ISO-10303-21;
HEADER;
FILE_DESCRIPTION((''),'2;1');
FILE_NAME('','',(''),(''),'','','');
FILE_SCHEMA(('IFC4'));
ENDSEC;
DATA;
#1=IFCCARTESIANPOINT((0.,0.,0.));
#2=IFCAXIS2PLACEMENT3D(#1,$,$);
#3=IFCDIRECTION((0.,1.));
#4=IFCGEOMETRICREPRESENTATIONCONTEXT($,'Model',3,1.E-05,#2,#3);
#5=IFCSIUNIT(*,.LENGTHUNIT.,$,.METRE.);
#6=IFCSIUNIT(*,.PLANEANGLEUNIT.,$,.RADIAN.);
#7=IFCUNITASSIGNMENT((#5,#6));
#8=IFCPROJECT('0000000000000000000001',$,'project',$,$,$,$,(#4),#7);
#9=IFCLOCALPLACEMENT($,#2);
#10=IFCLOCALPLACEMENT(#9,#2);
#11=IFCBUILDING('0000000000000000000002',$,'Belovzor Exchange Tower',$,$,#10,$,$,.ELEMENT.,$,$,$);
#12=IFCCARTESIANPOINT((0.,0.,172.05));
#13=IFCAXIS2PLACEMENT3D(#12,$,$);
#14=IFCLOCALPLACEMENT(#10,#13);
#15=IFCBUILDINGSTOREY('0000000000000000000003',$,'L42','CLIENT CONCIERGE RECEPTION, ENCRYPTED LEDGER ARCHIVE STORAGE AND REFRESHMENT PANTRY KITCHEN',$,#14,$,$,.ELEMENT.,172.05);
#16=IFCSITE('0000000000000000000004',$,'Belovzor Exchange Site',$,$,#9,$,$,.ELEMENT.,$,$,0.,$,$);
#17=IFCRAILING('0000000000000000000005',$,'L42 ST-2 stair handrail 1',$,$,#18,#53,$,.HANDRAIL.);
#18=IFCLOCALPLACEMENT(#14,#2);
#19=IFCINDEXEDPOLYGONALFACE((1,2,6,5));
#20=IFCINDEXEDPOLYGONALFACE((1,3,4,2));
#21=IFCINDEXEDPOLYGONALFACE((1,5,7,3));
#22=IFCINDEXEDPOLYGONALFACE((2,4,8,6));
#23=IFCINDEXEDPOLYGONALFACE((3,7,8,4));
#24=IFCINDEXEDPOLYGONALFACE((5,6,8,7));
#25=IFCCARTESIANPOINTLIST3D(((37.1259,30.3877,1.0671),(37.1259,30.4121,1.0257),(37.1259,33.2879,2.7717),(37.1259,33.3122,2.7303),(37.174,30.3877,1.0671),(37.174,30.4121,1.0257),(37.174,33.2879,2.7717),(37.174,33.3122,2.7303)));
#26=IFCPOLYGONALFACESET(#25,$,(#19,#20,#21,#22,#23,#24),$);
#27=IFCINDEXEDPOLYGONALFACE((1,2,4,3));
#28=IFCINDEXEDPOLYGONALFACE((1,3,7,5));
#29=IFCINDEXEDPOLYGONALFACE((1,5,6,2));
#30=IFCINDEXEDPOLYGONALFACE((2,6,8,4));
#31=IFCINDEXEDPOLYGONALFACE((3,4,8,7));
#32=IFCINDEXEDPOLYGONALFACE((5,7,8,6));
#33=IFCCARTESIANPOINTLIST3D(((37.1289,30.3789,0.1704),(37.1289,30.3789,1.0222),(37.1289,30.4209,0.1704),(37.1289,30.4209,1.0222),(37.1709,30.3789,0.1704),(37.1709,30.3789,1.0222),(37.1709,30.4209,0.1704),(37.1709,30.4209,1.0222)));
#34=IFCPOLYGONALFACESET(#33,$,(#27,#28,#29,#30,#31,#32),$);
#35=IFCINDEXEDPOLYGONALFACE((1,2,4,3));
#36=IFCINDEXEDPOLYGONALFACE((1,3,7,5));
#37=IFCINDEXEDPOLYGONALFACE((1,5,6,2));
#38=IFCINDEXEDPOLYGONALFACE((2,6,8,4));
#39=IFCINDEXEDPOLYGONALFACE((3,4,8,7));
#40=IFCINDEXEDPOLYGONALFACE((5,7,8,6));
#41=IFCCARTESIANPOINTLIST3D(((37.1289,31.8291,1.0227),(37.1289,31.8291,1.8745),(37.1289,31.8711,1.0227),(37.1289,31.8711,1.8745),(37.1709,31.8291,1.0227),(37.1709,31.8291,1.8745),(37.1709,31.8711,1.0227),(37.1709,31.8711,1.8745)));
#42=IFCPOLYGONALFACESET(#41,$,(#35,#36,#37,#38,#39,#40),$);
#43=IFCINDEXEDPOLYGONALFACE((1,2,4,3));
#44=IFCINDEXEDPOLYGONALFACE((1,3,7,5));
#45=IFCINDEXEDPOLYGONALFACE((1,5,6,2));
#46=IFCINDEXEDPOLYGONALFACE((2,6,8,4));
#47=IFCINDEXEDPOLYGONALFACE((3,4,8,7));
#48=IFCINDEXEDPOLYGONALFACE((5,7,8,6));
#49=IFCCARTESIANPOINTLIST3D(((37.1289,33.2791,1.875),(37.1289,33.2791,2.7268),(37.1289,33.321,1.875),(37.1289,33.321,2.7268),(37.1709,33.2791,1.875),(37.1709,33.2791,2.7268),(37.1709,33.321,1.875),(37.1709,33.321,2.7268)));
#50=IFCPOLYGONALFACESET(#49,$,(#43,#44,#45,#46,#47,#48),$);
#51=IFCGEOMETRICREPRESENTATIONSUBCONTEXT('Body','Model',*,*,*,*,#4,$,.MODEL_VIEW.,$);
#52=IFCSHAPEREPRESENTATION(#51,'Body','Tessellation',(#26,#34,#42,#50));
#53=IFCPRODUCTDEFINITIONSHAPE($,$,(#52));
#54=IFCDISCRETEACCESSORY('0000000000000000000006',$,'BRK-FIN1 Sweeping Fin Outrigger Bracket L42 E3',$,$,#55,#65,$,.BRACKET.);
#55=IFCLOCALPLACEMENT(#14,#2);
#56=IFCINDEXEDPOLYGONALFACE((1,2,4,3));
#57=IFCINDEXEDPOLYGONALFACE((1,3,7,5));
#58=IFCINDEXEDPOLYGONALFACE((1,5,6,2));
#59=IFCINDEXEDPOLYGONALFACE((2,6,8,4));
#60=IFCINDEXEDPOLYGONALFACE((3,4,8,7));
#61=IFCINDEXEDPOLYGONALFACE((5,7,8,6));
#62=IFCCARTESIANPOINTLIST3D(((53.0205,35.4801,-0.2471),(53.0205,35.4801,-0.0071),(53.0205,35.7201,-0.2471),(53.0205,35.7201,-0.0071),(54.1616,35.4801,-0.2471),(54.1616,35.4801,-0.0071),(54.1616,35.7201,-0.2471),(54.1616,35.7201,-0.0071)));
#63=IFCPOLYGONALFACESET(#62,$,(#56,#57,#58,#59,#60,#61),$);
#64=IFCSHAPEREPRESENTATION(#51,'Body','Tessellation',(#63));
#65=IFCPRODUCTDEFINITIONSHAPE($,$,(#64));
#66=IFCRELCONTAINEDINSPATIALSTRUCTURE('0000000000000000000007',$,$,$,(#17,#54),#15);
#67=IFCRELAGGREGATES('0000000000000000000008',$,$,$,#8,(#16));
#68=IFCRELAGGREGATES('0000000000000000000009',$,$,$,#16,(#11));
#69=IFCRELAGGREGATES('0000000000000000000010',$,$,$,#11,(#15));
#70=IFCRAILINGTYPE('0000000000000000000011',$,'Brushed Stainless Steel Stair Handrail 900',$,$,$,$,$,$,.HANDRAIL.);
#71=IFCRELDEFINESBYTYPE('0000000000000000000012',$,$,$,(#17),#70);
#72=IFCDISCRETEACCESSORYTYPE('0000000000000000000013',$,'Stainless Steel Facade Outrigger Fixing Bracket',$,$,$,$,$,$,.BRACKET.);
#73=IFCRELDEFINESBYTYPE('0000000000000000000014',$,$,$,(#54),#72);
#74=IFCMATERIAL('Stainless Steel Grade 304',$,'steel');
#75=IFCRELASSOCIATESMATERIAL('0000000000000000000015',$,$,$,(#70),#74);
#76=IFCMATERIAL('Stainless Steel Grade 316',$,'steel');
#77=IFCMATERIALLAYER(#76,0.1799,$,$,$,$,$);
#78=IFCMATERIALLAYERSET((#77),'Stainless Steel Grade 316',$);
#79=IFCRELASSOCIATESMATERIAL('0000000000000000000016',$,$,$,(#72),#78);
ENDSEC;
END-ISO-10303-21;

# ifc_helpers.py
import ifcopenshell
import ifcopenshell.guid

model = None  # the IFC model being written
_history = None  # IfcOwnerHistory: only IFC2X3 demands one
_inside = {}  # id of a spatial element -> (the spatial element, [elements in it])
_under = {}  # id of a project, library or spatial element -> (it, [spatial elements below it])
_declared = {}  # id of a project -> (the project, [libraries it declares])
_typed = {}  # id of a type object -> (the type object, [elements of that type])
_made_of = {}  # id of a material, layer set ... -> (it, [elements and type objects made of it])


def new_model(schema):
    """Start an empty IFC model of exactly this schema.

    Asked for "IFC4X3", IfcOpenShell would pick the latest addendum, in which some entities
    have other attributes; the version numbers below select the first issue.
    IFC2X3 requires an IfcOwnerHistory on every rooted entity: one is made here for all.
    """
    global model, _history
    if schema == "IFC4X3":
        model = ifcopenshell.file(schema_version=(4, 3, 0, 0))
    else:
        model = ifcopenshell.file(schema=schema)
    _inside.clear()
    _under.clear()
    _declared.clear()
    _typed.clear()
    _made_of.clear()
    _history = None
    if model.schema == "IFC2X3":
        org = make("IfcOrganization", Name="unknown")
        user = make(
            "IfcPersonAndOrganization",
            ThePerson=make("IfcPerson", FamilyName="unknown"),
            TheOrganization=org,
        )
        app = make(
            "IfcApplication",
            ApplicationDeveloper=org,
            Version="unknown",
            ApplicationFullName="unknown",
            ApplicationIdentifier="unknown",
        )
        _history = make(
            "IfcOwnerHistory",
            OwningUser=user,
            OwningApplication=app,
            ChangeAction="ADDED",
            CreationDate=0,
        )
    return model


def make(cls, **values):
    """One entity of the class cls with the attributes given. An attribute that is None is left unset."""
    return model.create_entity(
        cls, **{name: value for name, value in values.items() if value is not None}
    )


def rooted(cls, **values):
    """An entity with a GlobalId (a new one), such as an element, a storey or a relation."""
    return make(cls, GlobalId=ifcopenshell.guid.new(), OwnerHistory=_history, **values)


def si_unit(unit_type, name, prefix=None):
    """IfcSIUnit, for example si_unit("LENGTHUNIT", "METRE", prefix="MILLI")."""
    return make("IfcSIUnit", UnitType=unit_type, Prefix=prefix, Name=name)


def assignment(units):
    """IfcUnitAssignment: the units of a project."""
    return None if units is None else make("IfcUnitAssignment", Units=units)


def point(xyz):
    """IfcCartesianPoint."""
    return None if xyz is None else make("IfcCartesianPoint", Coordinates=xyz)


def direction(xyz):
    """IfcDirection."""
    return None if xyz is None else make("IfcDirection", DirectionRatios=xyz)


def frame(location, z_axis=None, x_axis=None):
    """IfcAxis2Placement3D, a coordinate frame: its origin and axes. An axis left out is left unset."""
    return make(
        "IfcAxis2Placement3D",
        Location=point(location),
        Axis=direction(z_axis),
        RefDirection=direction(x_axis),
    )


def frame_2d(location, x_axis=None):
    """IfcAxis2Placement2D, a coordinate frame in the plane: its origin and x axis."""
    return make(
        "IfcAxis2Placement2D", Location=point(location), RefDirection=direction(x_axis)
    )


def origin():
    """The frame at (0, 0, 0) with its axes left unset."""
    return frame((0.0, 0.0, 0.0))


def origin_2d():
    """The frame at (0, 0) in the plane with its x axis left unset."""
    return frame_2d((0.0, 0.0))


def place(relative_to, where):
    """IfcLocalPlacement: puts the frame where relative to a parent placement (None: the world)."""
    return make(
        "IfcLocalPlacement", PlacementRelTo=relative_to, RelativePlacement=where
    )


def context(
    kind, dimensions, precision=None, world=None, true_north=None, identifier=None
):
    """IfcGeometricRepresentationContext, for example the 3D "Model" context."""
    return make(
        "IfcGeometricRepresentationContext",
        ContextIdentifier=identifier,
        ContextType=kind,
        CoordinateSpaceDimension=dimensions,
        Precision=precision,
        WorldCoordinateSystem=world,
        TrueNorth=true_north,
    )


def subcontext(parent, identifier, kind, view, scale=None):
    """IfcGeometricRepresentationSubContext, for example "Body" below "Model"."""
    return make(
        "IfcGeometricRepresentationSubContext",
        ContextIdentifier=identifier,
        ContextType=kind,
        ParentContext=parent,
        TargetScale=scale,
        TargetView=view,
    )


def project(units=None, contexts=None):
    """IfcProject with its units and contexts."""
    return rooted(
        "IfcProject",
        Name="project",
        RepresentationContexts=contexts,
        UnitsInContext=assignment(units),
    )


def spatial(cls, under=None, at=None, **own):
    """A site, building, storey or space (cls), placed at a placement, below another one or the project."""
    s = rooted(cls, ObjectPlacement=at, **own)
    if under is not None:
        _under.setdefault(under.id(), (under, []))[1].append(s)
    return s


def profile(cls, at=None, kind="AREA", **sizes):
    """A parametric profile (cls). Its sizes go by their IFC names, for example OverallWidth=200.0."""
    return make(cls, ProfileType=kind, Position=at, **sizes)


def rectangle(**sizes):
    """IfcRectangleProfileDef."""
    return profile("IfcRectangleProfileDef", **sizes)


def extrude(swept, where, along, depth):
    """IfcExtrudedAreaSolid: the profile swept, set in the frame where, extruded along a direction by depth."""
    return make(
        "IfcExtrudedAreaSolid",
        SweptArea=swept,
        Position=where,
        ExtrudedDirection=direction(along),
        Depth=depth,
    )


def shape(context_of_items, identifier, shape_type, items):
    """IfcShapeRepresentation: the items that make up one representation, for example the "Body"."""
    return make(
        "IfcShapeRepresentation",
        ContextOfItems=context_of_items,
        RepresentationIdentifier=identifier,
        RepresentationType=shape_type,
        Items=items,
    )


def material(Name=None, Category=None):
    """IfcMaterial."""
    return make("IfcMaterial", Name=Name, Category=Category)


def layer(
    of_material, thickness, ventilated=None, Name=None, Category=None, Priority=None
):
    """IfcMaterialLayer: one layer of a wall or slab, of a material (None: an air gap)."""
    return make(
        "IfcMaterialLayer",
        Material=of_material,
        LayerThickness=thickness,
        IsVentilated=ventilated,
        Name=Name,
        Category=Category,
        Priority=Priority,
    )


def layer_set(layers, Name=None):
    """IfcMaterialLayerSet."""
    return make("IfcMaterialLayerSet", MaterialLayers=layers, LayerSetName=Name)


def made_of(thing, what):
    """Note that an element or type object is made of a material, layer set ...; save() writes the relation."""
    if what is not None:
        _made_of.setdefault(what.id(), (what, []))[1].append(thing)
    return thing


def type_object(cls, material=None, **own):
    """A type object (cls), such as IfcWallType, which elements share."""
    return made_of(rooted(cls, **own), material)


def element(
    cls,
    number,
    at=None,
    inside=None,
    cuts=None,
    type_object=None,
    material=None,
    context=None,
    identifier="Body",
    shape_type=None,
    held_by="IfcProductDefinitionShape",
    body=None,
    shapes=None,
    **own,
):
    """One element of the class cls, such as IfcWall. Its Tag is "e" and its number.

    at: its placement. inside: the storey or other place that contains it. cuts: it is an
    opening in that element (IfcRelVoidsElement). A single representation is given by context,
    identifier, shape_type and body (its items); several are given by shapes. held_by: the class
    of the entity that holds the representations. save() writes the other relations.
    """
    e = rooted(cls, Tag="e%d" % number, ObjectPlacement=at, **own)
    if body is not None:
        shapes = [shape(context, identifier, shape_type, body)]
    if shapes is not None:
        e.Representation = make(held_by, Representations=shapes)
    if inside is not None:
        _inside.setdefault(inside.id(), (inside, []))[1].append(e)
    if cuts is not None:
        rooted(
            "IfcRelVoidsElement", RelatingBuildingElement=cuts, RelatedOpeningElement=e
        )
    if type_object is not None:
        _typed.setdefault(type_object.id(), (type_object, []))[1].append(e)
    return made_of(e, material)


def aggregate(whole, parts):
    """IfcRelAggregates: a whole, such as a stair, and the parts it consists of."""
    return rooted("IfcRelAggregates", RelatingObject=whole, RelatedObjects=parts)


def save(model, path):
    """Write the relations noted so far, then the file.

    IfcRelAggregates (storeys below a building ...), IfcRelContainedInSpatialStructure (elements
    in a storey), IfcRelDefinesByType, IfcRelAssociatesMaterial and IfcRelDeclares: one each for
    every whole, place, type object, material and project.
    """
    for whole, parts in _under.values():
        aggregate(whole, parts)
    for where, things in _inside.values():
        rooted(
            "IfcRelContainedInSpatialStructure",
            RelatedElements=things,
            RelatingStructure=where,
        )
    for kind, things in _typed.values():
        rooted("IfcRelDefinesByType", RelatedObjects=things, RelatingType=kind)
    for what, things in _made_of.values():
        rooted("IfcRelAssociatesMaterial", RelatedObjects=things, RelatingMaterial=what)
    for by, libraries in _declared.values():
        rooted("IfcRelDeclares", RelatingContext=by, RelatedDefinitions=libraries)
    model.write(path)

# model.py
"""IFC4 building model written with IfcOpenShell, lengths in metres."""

from ifc_helpers import new_model, si_unit, direction, frame, origin, origin_2d, place, context, subcontext, project, spatial, rectangle, extrude, material, layer, layer_set, type_object, element, save


model = new_model("IFC4")

# Units and contexts
model_context = context("Model", 3, precision=1e-05, world=origin(), true_north=direction((0.0, 1.0)))
body_context = subcontext(model_context, "Body", "Model", "MODEL_VIEW")
ifc_project = project(units=[si_unit("LENGTHUNIT", "METRE"), si_unit("PLANEANGLEUNIT", "RADIAN")], contexts=[model_context])

# Site, building, storey
site_placement = place(None, origin())
site = spatial("IfcSite", under=ifc_project, at=site_placement, Name="Belovzor Exchange Site", CompositionType="ELEMENT", RefElevation=0.0)
building_placement = place(site_placement, origin())
building = spatial("IfcBuilding", under=site, at=building_placement, Name="Belovzor Exchange Tower", CompositionType="ELEMENT")
storey_placement = place(building_placement, frame((0.0, 0.0, 172.05)))
storey = spatial("IfcBuildingStorey", under=building, at=storey_placement, Name="L42", Description="CLIENT CONCIERGE RECEPTION, ENCRYPTED LEDGER ARCHIVE STORAGE AND REFRESHMENT PANTRY KITCHEN", CompositionType="ELEMENT", Elevation=172.05)

# Railing
ifc_material_1 = material(Name="Stainless Steel Grade 304", Category="steel")
railing_type = type_object("IfcRailingType", Name="Brushed Stainless Steel Stair Handrail 900", PredefinedType="HANDRAIL", material=ifc_material_1)
railing_placement = place(storey_placement, frame((37.1499, 30.3999, 0.1704)))
element("IfcRailing", 1, at=railing_placement, inside=storey, type_object=railing_type, Name="L42 ST-2 stair handrail 1", PredefinedType="HANDRAIL", context=body_context, shape_type="SweptSolid", body=[
    extrude(rectangle(XDim=0.0481, YDim=0.0481, at=origin_2d()), frame((0.0, 0.0, 0.876), z_axis=(0.0, 0.862113, 0.506716), x_axis=(-1.0, 0.0, 0.0)), (0.0, 0.0, 1.0), 3.364),
    extrude(rectangle(XDim=0.042, YDim=0.042, at=origin_2d()), origin(), (0.0, 0.0, 1.0), 0.8518),
    extrude(rectangle(XDim=0.042, YDim=0.042, at=origin_2d()), frame((0.0, 1.4502, 0.8523)), (0.0, 0.0, 1.0), 0.8518),
    extrude(rectangle(XDim=0.042, YDim=0.042, at=origin_2d()), frame((0.0, 2.9001, 1.7046)), (0.0, 0.0, 1.0), 0.8518),
])

# Discrete accessory
ifc_material_2 = material(Name="Stainless Steel Grade 316", Category="steel")
ifc_layer_1 = layer(ifc_material_2, 0.1799)
ifc_layer_set_1 = layer_set([ifc_layer_1], Name="Stainless Steel Grade 316")
discrete_accessory_type = type_object("IfcDiscreteAccessoryType", Name="Stainless Steel Facade Outrigger Fixing Bracket", PredefinedType="BRACKET", material=ifc_layer_set_1)
discrete_accessory_placement = place(storey_placement, frame((53.5911, 35.6001, -0.2471), z_axis=(0.0, 0.0, 1.0), x_axis=(1.0, 0.0, 0.0)))
element("IfcDiscreteAccessory", 2, at=discrete_accessory_placement, inside=storey, type_object=discrete_accessory_type, Name="BRK-FIN1 Sweeping Fin Outrigger Bracket L42 E3", PredefinedType="BRACKET", context=body_context, shape_type="SweptSolid", body=[
    extrude(rectangle(XDim=1.1411, YDim=0.24, at=origin_2d()), origin(), (0.0, 0.0, 1.0), 0.24),
])

save(model, "model.ifc")
